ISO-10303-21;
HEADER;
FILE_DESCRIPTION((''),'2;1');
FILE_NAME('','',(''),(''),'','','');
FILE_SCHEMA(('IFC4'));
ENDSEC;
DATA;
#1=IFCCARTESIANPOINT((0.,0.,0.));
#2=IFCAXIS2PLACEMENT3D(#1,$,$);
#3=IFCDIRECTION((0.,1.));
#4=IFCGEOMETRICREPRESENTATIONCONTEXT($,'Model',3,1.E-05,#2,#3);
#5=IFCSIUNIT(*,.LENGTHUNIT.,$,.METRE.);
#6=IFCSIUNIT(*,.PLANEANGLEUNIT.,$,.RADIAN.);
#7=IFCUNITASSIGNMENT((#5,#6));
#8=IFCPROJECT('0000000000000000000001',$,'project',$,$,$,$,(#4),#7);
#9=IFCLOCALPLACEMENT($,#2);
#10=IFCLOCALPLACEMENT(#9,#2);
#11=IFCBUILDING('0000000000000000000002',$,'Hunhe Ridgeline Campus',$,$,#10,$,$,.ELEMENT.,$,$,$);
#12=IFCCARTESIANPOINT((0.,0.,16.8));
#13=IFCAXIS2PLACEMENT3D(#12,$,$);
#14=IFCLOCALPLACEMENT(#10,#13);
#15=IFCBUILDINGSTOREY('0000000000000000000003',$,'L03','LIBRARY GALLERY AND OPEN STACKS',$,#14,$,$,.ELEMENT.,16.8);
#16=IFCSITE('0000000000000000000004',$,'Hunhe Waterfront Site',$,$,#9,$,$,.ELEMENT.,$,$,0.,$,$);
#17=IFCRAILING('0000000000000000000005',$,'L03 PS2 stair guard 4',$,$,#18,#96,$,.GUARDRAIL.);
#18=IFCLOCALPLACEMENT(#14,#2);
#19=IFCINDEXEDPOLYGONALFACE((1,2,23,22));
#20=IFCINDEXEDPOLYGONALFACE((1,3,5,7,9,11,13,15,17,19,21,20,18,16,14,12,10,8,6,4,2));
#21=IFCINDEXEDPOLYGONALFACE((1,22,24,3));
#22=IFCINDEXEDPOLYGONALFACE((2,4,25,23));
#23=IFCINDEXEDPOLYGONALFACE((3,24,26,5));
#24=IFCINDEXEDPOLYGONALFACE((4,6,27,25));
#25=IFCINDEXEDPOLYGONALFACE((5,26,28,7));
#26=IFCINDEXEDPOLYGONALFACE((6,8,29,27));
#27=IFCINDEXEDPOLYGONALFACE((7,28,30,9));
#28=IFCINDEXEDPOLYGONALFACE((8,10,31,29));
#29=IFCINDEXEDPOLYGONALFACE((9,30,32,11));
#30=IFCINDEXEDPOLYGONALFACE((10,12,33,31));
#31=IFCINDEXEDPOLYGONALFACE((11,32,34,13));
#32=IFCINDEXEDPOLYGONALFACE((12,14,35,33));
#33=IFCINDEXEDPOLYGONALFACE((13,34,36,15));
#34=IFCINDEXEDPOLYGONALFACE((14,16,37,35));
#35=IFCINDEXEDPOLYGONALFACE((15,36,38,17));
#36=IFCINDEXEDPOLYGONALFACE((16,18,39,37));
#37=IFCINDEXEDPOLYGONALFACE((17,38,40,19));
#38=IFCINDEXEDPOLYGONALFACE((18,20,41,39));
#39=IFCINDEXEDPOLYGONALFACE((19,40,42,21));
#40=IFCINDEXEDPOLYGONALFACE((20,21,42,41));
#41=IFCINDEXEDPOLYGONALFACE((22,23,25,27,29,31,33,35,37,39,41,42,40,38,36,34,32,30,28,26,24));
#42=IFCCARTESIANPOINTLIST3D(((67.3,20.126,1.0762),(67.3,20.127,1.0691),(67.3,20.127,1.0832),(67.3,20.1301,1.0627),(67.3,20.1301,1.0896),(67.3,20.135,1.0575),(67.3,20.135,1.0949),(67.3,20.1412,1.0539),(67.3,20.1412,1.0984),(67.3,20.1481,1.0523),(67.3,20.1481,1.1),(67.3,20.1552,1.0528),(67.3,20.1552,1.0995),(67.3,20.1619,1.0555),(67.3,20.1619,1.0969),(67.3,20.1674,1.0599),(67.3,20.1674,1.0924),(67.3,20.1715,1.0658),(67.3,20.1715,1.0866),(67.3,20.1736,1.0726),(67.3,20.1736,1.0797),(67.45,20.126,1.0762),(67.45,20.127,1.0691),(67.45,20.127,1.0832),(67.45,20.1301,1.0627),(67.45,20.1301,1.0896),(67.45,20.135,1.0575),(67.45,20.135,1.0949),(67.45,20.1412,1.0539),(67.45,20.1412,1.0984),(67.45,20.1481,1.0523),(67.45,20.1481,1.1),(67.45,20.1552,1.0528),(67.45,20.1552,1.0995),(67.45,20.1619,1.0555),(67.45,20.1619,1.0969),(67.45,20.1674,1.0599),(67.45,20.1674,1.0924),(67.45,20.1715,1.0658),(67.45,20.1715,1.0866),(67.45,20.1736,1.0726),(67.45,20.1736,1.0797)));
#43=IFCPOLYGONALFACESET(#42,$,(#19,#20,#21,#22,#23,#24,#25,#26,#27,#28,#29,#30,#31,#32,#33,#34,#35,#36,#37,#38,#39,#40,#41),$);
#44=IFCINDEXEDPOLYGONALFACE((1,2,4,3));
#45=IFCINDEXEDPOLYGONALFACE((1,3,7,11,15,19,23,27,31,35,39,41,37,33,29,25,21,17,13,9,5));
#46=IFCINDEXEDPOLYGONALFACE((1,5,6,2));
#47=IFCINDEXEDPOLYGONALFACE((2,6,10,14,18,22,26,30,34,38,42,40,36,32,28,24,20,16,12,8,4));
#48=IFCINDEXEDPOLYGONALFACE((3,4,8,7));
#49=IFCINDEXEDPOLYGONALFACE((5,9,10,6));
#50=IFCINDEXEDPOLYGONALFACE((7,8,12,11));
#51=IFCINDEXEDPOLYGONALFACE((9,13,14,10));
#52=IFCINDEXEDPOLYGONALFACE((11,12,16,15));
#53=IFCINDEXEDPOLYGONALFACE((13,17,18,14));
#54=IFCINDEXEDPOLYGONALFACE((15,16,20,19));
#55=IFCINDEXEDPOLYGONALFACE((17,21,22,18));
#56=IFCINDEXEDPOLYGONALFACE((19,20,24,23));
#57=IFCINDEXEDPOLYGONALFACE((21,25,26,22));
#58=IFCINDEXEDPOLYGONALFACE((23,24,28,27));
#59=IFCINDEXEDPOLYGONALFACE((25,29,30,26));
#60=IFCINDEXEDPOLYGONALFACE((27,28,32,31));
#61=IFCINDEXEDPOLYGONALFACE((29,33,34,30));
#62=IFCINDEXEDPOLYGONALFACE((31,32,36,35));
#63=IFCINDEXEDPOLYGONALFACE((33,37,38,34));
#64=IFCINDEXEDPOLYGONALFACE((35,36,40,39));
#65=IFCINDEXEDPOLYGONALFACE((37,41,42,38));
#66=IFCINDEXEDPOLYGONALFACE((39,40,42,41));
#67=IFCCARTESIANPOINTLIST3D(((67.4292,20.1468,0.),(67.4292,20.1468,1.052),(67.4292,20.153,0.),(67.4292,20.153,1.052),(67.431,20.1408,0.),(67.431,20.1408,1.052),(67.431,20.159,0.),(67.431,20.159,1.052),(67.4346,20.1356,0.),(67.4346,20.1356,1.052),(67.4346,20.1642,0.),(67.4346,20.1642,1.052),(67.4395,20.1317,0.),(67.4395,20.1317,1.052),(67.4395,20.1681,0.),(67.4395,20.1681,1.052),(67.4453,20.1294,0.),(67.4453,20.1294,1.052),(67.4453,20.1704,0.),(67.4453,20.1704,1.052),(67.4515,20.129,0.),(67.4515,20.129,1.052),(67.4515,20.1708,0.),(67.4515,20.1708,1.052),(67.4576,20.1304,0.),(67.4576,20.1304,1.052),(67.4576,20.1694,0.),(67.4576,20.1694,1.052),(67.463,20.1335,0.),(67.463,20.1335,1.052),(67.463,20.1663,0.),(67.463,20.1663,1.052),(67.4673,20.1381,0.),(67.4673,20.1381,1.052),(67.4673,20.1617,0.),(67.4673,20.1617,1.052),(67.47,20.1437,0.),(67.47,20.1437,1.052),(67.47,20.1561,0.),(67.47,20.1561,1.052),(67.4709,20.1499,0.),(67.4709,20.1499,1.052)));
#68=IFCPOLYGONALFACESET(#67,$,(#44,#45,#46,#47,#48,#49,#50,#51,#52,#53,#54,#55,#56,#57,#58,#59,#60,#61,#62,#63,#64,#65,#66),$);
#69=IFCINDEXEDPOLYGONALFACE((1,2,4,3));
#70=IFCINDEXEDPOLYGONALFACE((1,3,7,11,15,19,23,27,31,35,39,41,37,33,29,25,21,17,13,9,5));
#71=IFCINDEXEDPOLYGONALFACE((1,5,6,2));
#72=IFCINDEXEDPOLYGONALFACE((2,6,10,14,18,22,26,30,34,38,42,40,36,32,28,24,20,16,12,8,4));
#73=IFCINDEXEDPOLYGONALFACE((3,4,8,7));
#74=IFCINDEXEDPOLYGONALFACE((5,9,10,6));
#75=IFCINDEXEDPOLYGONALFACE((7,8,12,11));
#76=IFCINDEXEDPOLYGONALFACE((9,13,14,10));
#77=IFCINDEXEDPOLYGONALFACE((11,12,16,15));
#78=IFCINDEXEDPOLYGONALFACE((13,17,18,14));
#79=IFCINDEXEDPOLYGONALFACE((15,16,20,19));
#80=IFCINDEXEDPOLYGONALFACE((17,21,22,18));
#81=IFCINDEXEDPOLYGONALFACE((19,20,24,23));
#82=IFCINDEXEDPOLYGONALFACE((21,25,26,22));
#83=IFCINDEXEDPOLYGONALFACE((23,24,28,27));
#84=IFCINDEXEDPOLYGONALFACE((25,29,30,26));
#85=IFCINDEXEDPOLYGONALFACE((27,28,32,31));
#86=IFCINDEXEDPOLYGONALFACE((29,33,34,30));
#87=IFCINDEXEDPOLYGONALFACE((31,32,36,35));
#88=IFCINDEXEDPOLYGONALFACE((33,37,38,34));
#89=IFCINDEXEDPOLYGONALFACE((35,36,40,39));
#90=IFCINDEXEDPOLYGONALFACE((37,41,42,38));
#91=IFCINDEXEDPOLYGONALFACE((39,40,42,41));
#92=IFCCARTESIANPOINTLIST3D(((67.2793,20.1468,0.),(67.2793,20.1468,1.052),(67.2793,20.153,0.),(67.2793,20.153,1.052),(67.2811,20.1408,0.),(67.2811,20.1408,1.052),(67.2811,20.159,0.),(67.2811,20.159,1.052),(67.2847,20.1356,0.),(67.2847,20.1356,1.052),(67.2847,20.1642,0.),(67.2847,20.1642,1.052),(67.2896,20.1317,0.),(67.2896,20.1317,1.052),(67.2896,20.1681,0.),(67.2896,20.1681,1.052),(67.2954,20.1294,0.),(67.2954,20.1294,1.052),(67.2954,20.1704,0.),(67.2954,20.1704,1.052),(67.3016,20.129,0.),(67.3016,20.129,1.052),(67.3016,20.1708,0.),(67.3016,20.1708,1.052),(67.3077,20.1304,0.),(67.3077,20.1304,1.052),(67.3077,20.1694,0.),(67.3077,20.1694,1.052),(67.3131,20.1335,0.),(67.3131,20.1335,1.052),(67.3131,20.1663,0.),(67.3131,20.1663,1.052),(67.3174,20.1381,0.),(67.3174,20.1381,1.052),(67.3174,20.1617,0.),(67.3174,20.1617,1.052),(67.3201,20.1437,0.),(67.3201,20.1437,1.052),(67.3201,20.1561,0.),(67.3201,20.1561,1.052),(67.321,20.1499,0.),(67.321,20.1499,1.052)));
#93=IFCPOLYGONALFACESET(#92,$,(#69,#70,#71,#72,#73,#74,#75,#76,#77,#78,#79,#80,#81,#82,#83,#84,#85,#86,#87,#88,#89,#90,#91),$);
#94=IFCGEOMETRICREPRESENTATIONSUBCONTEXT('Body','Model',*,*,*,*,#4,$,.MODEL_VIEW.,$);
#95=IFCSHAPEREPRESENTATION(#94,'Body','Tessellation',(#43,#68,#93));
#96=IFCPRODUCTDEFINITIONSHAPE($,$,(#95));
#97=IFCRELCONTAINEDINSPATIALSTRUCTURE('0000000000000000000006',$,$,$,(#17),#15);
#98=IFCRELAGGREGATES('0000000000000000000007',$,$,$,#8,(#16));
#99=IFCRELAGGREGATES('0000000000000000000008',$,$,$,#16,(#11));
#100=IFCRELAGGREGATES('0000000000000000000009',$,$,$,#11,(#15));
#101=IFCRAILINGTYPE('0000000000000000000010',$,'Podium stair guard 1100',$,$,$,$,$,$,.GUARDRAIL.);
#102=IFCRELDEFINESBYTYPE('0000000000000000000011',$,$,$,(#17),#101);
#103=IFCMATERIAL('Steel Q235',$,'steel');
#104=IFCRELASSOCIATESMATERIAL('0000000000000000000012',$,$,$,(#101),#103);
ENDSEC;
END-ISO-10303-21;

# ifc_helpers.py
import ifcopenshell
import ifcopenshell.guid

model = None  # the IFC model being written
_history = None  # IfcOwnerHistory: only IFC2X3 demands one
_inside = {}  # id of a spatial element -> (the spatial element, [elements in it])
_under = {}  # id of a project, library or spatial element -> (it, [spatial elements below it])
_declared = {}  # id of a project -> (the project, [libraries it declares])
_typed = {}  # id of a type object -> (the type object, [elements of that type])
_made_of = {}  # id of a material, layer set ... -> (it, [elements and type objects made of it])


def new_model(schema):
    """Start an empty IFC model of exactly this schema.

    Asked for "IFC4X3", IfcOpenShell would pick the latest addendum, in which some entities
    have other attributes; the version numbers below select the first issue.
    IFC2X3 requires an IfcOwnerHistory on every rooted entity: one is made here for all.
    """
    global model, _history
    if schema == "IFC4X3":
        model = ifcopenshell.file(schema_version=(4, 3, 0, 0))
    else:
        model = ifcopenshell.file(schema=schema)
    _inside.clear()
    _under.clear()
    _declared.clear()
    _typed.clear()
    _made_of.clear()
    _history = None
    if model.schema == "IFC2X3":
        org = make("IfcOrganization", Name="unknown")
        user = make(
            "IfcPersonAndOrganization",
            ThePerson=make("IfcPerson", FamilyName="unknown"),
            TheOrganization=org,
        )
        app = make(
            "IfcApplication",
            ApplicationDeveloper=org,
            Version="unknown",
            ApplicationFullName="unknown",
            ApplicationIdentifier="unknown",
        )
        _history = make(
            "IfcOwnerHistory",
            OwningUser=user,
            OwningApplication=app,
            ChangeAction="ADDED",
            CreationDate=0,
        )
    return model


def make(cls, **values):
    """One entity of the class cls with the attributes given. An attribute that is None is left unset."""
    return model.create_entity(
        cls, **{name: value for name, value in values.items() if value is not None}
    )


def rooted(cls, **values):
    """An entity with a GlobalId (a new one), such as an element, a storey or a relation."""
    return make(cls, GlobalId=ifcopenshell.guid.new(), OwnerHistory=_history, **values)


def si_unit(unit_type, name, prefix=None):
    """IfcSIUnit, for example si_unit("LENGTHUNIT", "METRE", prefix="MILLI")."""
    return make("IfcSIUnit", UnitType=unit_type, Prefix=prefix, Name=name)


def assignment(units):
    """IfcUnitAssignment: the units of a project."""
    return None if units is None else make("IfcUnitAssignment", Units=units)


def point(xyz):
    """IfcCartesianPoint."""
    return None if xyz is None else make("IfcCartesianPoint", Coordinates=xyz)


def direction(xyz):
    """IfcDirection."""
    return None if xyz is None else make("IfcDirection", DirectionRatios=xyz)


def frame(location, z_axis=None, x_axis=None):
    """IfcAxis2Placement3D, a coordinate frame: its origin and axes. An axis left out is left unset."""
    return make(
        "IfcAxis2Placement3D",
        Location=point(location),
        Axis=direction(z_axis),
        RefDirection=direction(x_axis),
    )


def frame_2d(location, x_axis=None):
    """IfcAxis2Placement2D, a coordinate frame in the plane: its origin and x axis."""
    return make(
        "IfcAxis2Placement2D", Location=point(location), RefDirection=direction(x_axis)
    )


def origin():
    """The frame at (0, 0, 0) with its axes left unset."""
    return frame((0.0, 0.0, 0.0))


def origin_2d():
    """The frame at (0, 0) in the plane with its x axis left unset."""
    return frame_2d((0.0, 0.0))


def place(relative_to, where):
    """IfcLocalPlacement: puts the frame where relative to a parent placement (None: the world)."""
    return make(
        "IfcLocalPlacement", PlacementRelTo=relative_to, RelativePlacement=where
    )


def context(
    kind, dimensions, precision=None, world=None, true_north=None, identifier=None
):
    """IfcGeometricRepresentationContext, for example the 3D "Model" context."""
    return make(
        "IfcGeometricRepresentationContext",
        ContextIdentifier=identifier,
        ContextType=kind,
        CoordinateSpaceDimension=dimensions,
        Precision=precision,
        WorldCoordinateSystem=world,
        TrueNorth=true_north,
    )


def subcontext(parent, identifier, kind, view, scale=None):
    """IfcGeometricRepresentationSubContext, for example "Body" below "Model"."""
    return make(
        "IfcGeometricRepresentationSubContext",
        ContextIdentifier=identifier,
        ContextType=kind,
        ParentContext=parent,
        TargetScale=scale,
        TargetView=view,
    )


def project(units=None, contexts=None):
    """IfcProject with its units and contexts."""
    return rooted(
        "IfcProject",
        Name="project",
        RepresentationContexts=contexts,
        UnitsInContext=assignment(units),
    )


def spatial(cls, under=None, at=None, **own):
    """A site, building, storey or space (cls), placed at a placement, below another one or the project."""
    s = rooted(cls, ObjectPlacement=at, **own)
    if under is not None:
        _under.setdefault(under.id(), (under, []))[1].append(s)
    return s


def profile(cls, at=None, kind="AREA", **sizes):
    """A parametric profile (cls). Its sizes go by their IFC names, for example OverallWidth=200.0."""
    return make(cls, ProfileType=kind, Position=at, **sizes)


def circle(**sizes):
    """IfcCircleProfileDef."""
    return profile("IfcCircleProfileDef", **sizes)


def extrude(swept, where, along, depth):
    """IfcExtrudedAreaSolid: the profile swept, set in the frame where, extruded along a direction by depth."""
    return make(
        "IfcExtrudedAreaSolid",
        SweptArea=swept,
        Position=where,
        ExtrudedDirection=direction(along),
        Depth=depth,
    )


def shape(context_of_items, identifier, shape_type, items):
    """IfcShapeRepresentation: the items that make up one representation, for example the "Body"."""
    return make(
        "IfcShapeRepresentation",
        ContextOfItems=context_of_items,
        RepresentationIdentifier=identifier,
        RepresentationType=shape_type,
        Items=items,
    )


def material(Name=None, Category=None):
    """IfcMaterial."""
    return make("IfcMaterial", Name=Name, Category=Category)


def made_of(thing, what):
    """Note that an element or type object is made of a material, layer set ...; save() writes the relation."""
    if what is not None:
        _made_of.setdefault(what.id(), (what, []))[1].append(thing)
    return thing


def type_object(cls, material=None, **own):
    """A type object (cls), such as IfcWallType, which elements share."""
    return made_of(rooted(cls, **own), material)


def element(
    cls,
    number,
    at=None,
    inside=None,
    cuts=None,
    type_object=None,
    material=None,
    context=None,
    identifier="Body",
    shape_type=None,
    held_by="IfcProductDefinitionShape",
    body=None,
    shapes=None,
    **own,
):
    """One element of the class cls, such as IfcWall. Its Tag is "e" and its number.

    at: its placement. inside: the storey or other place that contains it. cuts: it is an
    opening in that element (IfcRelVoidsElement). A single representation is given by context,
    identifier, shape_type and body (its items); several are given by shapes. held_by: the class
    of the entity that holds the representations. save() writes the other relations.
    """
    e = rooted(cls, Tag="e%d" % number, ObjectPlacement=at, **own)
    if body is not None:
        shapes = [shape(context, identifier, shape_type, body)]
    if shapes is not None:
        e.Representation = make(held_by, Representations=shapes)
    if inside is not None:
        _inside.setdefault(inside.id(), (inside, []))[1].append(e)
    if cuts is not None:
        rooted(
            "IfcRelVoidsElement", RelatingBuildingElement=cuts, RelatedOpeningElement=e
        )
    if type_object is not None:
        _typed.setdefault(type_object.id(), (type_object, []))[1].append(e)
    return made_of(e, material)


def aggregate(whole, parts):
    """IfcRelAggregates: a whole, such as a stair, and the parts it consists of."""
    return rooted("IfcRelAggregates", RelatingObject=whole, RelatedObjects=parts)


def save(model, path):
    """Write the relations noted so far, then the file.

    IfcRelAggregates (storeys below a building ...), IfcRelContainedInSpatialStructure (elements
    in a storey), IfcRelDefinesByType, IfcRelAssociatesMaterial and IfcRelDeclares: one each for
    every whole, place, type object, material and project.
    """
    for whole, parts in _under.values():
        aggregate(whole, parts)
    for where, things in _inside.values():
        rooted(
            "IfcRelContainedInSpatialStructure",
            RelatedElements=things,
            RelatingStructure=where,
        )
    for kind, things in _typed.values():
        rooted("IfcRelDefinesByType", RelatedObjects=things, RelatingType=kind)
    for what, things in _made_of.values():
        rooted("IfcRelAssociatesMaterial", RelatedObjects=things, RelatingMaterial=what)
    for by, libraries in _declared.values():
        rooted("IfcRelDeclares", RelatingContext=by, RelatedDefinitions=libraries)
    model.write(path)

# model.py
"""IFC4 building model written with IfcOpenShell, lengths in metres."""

from ifc_helpers import new_model, si_unit, direction, frame, origin, origin_2d, place, context, subcontext, project, spatial, circle, extrude, material, type_object, element, save


model = new_model("IFC4")

# Units and contexts
model_context = context("Model", 3, precision=1e-05, world=origin(), true_north=direction((0.0, 1.0)))
body_context = subcontext(model_context, "Body", "Model", "MODEL_VIEW")
ifc_project = project(units=[si_unit("LENGTHUNIT", "METRE"), si_unit("PLANEANGLEUNIT", "RADIAN")], contexts=[model_context])

# Site, building, storey
site_placement = place(None, origin())
site = spatial("IfcSite", under=ifc_project, at=site_placement, Name="Hunhe Waterfront Site", CompositionType="ELEMENT", RefElevation=0.0)
building_placement = place(site_placement, origin())
building = spatial("IfcBuilding", under=site, at=building_placement, Name="Hunhe Ridgeline Campus", CompositionType="ELEMENT")
storey_placement = place(building_placement, frame((0.0, 0.0, 16.8)))
storey = spatial("IfcBuildingStorey", under=building, at=storey_placement, Name="L03", Description="LIBRARY GALLERY AND OPEN STACKS", CompositionType="ELEMENT", Elevation=16.8)

# Railing
ifc_material_1 = material(Name="Steel Q235", Category="steel")
railing_type_1 = type_object("IfcRailingType", Name="Podium stair guard 1100", PredefinedType="GUARDRAIL", material=ifc_material_1)
railing_1_placement = place(storey_placement, frame((67.45, 20.1499, 0.0)))
element("IfcRailing", 1, at=railing_1_placement, inside=storey, type_object=railing_type_1, Name="L03 PS2 stair guard 4", PredefinedType="GUARDRAIL", context=body_context, shape_type="SweptSolid", body=[
    extrude(circle(Radius=0.0239, at=origin_2d()), frame((0.0, 0.0, 1.0762), z_axis=(-1.0, 0.0, 0.0), x_axis=(0.0, -1.0, 0.0)), (0.0, 0.0, 1.0), 0.1499),
    extrude(circle(Radius=0.021, at=origin_2d()), origin(), (0.0, 0.0, 1.0), 1.052),
    extrude(circle(Radius=0.021, at=origin_2d()), frame((-0.1499, 0.0, 0.0)), (0.0, 0.0, 1.0), 1.052),
])

save(model, "model.ifc")
